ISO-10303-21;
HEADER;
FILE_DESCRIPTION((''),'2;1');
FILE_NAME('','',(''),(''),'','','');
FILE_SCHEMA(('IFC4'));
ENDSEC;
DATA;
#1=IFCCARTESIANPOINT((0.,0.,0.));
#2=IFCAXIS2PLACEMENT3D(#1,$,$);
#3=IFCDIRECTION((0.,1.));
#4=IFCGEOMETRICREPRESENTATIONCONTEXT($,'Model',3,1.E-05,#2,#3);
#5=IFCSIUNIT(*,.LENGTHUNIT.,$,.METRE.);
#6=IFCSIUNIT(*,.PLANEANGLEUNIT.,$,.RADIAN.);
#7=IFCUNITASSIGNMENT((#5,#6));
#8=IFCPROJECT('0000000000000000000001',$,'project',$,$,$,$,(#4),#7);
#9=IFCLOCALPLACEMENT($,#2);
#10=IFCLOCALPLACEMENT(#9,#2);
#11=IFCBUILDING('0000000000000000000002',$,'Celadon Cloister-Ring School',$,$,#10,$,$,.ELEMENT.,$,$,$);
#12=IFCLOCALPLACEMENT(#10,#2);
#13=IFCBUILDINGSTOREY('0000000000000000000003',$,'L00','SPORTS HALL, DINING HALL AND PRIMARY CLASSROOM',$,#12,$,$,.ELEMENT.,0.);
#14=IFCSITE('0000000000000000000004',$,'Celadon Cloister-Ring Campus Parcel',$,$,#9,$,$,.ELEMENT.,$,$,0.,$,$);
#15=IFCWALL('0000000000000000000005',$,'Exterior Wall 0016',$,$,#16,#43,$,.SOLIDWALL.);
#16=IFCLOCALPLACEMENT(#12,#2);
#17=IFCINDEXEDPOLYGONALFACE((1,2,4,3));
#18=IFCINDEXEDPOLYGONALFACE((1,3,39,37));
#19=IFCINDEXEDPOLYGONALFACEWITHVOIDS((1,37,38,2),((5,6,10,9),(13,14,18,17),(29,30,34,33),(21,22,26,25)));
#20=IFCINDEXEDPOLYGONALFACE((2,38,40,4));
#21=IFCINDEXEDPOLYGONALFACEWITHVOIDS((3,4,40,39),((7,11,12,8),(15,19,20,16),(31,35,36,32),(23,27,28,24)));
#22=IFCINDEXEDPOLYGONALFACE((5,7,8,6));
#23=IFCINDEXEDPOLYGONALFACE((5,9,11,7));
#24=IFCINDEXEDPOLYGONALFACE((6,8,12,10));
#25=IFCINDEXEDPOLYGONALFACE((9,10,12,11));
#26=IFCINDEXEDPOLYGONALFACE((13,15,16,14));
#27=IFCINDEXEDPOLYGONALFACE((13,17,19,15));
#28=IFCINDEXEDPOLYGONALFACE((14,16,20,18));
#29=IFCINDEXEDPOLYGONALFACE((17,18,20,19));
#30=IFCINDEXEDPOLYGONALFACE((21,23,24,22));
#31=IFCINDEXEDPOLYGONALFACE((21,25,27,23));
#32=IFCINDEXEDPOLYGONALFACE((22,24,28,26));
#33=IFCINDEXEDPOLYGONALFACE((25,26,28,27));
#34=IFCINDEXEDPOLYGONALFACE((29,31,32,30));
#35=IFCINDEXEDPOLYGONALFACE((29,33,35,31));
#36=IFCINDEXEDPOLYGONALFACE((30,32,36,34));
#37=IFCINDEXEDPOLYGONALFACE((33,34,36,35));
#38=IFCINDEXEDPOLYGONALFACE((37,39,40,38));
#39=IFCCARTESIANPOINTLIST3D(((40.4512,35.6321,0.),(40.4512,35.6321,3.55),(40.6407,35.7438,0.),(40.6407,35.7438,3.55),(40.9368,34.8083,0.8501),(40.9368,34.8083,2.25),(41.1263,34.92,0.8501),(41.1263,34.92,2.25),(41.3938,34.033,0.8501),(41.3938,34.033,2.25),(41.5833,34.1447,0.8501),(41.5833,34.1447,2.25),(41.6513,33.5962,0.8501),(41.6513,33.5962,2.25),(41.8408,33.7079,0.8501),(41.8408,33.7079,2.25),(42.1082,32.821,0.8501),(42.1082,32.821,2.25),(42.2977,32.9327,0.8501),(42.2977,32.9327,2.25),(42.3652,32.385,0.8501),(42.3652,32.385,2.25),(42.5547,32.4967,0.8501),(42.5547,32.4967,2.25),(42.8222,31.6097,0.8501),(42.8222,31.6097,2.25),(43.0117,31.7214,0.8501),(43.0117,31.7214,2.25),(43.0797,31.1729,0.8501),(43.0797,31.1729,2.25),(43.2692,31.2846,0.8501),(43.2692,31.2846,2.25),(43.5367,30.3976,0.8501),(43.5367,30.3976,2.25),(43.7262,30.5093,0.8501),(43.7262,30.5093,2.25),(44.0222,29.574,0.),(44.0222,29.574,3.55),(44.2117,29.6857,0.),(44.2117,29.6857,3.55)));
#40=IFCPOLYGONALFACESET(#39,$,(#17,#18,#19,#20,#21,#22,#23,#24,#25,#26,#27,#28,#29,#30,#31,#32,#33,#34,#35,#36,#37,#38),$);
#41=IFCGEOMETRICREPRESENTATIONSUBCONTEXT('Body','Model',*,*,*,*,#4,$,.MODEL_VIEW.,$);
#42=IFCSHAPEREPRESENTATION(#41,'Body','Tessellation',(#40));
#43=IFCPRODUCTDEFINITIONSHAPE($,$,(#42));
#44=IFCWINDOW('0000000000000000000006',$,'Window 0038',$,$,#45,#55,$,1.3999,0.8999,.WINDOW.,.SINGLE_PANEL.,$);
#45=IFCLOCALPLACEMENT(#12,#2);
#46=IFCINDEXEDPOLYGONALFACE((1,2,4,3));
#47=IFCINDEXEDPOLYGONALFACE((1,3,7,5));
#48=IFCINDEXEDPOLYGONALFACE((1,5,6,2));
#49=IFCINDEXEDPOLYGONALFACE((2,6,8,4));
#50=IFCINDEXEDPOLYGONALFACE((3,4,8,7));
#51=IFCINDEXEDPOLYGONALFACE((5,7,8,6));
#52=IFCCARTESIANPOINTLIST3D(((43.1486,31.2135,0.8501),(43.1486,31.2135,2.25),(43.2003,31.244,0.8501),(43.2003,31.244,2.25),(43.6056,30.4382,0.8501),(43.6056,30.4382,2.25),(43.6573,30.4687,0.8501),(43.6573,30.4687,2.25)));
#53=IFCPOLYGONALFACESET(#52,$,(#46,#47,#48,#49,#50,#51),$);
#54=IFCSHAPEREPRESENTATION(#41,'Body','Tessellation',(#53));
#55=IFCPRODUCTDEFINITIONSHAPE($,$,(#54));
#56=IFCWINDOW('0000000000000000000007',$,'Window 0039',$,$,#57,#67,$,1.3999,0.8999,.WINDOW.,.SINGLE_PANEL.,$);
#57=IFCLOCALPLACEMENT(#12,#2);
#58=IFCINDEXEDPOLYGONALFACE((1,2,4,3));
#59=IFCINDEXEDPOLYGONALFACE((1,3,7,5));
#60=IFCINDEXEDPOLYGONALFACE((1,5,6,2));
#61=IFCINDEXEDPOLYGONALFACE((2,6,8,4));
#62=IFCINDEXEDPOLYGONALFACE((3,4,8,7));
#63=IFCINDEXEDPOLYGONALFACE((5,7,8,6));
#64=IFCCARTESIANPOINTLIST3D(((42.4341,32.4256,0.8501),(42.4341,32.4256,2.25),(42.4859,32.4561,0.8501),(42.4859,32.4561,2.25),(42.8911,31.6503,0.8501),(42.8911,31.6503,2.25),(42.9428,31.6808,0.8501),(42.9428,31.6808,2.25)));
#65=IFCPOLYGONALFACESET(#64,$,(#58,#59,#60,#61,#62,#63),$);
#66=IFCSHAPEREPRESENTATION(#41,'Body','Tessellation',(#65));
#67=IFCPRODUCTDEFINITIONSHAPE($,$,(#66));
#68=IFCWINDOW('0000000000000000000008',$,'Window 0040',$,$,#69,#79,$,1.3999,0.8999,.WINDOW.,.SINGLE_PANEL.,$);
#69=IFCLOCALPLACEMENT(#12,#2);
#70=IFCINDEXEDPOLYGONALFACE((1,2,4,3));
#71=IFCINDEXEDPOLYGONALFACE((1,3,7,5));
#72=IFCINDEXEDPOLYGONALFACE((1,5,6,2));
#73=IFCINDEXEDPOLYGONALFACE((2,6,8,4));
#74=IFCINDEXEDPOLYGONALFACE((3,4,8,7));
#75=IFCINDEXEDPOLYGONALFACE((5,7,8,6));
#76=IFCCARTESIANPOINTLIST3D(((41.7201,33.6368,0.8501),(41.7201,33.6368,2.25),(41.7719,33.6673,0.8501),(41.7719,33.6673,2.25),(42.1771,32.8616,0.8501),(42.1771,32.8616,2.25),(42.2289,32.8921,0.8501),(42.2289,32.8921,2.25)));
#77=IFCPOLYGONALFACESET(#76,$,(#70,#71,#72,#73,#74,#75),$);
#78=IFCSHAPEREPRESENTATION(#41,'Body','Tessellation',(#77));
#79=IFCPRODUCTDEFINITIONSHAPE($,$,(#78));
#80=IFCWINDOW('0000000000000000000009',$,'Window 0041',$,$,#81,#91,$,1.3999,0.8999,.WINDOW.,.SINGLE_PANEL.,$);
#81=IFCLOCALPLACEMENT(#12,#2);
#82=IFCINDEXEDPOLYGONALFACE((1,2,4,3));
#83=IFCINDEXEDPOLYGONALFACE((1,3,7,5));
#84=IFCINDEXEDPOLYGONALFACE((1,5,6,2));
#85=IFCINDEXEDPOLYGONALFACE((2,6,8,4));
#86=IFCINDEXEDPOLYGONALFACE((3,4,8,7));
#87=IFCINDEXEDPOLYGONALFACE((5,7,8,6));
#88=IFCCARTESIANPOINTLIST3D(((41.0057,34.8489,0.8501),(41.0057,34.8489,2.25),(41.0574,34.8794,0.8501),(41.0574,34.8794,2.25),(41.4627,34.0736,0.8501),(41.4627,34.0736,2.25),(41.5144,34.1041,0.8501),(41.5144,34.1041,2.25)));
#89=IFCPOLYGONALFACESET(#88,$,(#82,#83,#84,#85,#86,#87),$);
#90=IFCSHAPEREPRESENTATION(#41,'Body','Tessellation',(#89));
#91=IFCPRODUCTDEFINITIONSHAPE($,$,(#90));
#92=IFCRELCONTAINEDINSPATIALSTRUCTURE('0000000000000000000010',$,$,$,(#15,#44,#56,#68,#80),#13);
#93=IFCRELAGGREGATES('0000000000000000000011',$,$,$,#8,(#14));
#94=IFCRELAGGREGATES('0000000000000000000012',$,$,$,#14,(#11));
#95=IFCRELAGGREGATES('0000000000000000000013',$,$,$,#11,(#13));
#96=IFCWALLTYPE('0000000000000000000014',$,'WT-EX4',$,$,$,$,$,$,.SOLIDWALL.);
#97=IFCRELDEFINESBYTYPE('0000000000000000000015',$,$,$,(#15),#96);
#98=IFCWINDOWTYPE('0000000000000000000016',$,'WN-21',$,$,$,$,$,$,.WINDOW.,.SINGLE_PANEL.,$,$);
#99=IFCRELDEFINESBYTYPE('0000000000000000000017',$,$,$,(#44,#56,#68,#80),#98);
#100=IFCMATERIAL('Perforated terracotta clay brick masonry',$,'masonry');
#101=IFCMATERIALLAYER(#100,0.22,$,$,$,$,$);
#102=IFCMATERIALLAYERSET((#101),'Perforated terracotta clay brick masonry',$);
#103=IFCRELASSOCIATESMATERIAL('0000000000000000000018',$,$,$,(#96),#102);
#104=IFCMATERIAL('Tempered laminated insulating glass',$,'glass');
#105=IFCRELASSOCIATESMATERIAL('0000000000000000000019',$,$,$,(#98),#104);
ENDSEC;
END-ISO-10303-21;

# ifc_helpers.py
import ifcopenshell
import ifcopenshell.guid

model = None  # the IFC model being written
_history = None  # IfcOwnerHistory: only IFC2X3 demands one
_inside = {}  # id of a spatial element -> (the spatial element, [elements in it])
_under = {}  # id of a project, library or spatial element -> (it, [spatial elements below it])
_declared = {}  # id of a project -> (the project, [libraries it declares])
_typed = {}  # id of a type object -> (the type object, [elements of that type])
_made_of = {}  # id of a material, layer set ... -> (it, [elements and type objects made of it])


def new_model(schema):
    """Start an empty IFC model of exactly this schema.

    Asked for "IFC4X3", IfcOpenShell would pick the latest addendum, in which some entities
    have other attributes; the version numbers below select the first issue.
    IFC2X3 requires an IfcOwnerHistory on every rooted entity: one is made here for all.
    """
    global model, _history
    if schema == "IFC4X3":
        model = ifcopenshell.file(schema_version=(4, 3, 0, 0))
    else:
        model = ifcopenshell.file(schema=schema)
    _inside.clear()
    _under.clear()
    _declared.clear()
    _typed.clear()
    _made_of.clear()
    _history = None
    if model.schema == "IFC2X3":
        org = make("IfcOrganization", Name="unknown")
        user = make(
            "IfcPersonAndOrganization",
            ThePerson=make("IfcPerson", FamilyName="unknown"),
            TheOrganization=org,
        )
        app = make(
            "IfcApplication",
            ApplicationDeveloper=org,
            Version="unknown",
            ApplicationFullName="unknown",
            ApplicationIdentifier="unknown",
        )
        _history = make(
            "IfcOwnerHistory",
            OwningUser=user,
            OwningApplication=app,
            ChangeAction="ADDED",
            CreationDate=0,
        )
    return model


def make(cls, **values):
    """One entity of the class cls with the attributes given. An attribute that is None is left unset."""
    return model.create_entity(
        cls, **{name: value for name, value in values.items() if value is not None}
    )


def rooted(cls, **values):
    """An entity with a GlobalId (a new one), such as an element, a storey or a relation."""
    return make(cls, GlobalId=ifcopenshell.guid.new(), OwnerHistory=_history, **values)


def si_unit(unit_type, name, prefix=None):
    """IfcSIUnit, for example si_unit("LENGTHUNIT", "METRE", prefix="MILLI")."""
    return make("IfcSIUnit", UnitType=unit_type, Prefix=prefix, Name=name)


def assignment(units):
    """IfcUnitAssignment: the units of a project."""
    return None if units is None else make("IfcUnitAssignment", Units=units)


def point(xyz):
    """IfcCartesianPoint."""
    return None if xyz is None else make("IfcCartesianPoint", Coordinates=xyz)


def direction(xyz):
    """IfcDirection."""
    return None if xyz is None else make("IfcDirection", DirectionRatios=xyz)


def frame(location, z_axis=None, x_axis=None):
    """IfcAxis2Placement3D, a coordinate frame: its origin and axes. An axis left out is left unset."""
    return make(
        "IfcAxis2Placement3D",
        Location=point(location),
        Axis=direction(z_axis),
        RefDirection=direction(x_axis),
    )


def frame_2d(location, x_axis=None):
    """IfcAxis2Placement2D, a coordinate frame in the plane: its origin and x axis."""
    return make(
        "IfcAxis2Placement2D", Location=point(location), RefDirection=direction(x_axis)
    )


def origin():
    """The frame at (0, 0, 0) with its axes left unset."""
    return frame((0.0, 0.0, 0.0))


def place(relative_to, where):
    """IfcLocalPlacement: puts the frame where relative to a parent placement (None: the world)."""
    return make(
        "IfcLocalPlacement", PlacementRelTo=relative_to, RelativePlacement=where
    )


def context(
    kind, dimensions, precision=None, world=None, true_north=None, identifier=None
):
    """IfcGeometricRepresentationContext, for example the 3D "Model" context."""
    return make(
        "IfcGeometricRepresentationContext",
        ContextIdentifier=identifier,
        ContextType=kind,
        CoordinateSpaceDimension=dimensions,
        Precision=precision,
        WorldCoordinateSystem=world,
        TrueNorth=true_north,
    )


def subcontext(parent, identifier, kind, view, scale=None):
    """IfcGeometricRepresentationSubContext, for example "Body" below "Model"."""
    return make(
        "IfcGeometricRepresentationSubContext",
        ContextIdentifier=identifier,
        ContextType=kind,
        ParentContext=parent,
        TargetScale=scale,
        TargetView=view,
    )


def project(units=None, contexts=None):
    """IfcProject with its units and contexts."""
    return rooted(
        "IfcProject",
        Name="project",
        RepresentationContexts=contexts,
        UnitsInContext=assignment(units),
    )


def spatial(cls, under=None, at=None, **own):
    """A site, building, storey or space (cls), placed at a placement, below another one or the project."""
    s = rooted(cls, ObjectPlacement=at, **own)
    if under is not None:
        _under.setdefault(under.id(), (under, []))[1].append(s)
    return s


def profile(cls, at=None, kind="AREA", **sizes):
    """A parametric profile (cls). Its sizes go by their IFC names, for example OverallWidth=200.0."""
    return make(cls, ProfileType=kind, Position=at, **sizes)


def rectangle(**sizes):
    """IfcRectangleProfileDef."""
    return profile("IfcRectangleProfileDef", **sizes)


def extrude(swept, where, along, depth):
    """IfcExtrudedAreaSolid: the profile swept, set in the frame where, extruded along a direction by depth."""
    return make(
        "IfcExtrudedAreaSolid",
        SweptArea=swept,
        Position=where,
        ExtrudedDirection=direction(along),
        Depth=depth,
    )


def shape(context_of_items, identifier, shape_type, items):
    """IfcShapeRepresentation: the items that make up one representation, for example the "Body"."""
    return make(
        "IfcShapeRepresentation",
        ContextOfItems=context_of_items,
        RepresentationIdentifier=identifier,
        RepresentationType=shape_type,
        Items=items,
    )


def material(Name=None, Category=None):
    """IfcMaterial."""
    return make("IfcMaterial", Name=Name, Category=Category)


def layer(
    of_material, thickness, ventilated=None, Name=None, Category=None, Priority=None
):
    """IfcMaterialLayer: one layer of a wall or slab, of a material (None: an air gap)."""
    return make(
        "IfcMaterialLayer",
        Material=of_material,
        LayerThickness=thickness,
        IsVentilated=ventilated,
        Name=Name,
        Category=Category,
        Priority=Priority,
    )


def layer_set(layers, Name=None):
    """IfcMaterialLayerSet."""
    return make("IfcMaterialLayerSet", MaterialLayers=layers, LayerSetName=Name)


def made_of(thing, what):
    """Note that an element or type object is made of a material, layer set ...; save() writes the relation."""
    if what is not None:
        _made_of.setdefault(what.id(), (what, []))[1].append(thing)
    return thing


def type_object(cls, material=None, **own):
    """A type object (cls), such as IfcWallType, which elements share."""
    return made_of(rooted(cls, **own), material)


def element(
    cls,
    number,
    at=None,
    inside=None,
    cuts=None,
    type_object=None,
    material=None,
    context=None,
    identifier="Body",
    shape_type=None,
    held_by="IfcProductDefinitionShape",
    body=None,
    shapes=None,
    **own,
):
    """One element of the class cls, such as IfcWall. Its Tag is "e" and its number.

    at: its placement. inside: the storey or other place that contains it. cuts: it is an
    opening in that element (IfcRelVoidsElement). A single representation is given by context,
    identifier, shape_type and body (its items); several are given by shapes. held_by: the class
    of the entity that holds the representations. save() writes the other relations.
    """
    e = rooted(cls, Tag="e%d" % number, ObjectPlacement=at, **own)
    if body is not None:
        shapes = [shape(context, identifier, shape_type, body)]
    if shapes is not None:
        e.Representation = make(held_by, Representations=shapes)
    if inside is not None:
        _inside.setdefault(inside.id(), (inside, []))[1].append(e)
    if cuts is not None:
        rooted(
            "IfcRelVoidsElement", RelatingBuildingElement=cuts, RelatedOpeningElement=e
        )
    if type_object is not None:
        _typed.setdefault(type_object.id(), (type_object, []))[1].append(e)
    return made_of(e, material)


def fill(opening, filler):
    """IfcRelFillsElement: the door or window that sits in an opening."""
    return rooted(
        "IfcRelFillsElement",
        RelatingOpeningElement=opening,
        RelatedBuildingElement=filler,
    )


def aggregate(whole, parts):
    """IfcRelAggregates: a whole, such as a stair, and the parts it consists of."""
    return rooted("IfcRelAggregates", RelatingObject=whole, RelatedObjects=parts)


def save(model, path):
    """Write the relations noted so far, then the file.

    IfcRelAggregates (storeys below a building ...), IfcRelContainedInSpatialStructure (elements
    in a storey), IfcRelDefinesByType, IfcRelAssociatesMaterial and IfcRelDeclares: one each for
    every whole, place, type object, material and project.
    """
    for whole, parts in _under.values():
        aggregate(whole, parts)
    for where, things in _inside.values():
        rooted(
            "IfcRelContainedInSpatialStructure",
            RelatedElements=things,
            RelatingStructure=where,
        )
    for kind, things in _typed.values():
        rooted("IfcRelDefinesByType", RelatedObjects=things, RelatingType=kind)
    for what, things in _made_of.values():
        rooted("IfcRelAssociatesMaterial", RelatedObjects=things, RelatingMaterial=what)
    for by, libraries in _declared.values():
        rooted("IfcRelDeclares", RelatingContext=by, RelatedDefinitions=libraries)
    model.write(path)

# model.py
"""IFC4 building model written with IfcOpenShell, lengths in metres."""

from ifc_helpers import new_model, si_unit, direction, frame, frame_2d, origin, place, context, subcontext, project, spatial, rectangle, extrude, material, layer, layer_set, type_object, element, fill, save


model = new_model("IFC4")

# Units and contexts
model_context = context("Model", 3, precision=1e-05, world=origin(), true_north=direction((0.0, 1.0)))
body_context = subcontext(model_context, "Body", "Model", "MODEL_VIEW")
ifc_project = project(units=[si_unit("LENGTHUNIT", "METRE"), si_unit("PLANEANGLEUNIT", "RADIAN")], contexts=[model_context])

# Site, building, storey
site_placement = place(None, origin())
site = spatial("IfcSite", under=ifc_project, at=site_placement, Name="Celadon Cloister-Ring Campus Parcel", CompositionType="ELEMENT", RefElevation=0.0)
building_placement = place(site_placement, origin())
building = spatial("IfcBuilding", under=site, at=building_placement, Name="Celadon Cloister-Ring School", CompositionType="ELEMENT")
storey_placement = place(building_placement, origin())
storey = spatial("IfcBuildingStorey", under=building, at=storey_placement, Name="L00", Description="SPORTS HALL, DINING HALL AND PRIMARY CLASSROOM", CompositionType="ELEMENT", Elevation=0.0)

# Wall, openings, windows
ifc_material_1 = material(Name="Perforated terracotta clay brick masonry", Category="masonry")
ifc_layer_1 = layer(ifc_material_1, 0.22)
ifc_layer_set_1 = layer_set([ifc_layer_1], Name="Perforated terracotta clay brick masonry")
wall_type = type_object("IfcWallType", Name="WT-EX4", PredefinedType="SOLIDWALL", material=ifc_layer_set_1)
wall_placement = place(storey_placement, frame((44.1169, 29.6299, 0.0), z_axis=(0.0, 0.0, 1.0), x_axis=(-0.507807, 0.861471, 0.0)))
wall = element("IfcWall", 1, at=wall_placement, inside=storey, type_object=wall_type, Name="Exterior Wall 0016", PredefinedType="SOLIDWALL", context=body_context, shape_type="SweptSolid", body=[
    extrude(rectangle(XDim=7.0322, YDim=0.22, at=frame_2d((3.5161, 0.0))), origin(), (0.0, 0.0, 1.0), 3.55),
])
opening_1_placement = place(wall_placement, frame((0.9561, 0.0, 0.8501)))
opening_1 = element("IfcOpeningElement", 2, at=opening_1_placement, cuts=wall, PredefinedType="OPENING", context=body_context, shape_type="SweptSolid", body=[
    extrude(rectangle(XDim=0.8999, YDim=1.3999, at=frame_2d((0.45, 0.7))), frame((0.0, 0.1201, 0.0), z_axis=(0.0, -1.0, 0.0), x_axis=(1.0, 0.0, 0.0)), (0.0, 0.0, 1.0), 0.24),
])
opening_2_placement = place(wall_placement, frame((2.363, 0.0, 0.8501)))
opening_2 = element("IfcOpeningElement", 3, at=opening_2_placement, cuts=wall, PredefinedType="OPENING", context=body_context, shape_type="SweptSolid", body=[
    extrude(rectangle(XDim=0.8999, YDim=1.3999, at=frame_2d((0.45, 0.7))), frame((0.0, 0.1201, 0.0), z_axis=(0.0, -1.0, 0.0), x_axis=(1.0, 0.0, 0.0)), (0.0, 0.0, 1.0), 0.24),
])
opening_3_placement = place(wall_placement, frame((3.769, 0.0, 0.8501)))
opening_3 = element("IfcOpeningElement", 4, at=opening_3_placement, cuts=wall, PredefinedType="OPENING", context=body_context, shape_type="SweptSolid", body=[
    extrude(rectangle(XDim=0.8999, YDim=1.3999, at=frame_2d((0.45, 0.7))), frame((0.0, 0.1201, 0.0), z_axis=(0.0, -1.0, 0.0), x_axis=(1.0, 0.0, 0.0)), (0.0, 0.0, 1.0), 0.24),
])
opening_4_placement = place(wall_placement, frame((5.176, 0.0, 0.8501)))
opening_4 = element("IfcOpeningElement", 5, at=opening_4_placement, cuts=wall, PredefinedType="OPENING", context=body_context, shape_type="SweptSolid", body=[
    extrude(rectangle(XDim=0.8999, YDim=1.3999, at=frame_2d((0.45, 0.7))), frame((0.0, 0.1201, 0.0), z_axis=(0.0, -1.0, 0.0), x_axis=(1.0, 0.0, 0.0)), (0.0, 0.0, 1.0), 0.24),
])
ifc_material_2 = material(Name="Tempered laminated insulating glass", Category="glass")
window_type = type_object("IfcWindowType", Name="WN-21", PartitioningType="SINGLE_PANEL", PredefinedType="WINDOW", material=ifc_material_2)
window_1_placement = place(opening_1_placement, origin())
window_1 = element("IfcWindow", 6, at=window_1_placement, inside=storey, type_object=window_type, Name="Window 0038", OverallHeight=1.3999, OverallWidth=0.8999, PartitioningType="SINGLE_PANEL", PredefinedType="WINDOW", context=body_context, shape_type="SweptSolid", body=[
    extrude(rectangle(XDim=0.8999, YDim=1.3999, at=frame_2d((0.45, 0.7))), frame((0.0, 0.03, 0.0), z_axis=(0.0, -1.0, 0.0), x_axis=(1.0, 0.0, 0.0)), (0.0, 0.0, 1.0), 0.0601),
])
fill(opening_1, window_1)
window_2_placement = place(opening_2_placement, origin())
window_2 = element("IfcWindow", 7, at=window_2_placement, inside=storey, type_object=window_type, Name="Window 0039", OverallHeight=1.3999, OverallWidth=0.8999, PartitioningType="SINGLE_PANEL", PredefinedType="WINDOW", context=body_context, shape_type="SweptSolid", body=[
    extrude(rectangle(XDim=0.8999, YDim=1.3999, at=frame_2d((0.45, 0.7))), frame((0.0, 0.03, 0.0), z_axis=(0.0, -1.0, 0.0), x_axis=(1.0, 0.0, 0.0)), (0.0, 0.0, 1.0), 0.0601),
])
fill(opening_2, window_2)
window_3_placement = place(opening_3_placement, origin())
window_3 = element("IfcWindow", 8, at=window_3_placement, inside=storey, type_object=window_type, Name="Window 0040", OverallHeight=1.3999, OverallWidth=0.8999, PartitioningType="SINGLE_PANEL", PredefinedType="WINDOW", context=body_context, shape_type="SweptSolid", body=[
    extrude(rectangle(XDim=0.8999, YDim=1.3999, at=frame_2d((0.45, 0.7))), frame((0.0, 0.03, 0.0), z_axis=(0.0, -1.0, 0.0), x_axis=(1.0, 0.0, 0.0)), (0.0, 0.0, 1.0), 0.0601),
])
fill(opening_3, window_3)
window_4_placement = place(opening_4_placement, origin())
window_4 = element("IfcWindow", 9, at=window_4_placement, inside=storey, type_object=window_type, Name="Window 0041", OverallHeight=1.3999, OverallWidth=0.8999, PartitioningType="SINGLE_PANEL", PredefinedType="WINDOW", context=body_context, shape_type="SweptSolid", body=[
    extrude(rectangle(XDim=0.8999, YDim=1.3999, at=frame_2d((0.45, 0.7))), frame((0.0, 0.03, 0.0), z_axis=(0.0, -1.0, 0.0), x_axis=(1.0, 0.0, 0.0)), (0.0, 0.0, 1.0), 0.0601),
])
fill(opening_4, window_4)

save(model, "model.ifc")
